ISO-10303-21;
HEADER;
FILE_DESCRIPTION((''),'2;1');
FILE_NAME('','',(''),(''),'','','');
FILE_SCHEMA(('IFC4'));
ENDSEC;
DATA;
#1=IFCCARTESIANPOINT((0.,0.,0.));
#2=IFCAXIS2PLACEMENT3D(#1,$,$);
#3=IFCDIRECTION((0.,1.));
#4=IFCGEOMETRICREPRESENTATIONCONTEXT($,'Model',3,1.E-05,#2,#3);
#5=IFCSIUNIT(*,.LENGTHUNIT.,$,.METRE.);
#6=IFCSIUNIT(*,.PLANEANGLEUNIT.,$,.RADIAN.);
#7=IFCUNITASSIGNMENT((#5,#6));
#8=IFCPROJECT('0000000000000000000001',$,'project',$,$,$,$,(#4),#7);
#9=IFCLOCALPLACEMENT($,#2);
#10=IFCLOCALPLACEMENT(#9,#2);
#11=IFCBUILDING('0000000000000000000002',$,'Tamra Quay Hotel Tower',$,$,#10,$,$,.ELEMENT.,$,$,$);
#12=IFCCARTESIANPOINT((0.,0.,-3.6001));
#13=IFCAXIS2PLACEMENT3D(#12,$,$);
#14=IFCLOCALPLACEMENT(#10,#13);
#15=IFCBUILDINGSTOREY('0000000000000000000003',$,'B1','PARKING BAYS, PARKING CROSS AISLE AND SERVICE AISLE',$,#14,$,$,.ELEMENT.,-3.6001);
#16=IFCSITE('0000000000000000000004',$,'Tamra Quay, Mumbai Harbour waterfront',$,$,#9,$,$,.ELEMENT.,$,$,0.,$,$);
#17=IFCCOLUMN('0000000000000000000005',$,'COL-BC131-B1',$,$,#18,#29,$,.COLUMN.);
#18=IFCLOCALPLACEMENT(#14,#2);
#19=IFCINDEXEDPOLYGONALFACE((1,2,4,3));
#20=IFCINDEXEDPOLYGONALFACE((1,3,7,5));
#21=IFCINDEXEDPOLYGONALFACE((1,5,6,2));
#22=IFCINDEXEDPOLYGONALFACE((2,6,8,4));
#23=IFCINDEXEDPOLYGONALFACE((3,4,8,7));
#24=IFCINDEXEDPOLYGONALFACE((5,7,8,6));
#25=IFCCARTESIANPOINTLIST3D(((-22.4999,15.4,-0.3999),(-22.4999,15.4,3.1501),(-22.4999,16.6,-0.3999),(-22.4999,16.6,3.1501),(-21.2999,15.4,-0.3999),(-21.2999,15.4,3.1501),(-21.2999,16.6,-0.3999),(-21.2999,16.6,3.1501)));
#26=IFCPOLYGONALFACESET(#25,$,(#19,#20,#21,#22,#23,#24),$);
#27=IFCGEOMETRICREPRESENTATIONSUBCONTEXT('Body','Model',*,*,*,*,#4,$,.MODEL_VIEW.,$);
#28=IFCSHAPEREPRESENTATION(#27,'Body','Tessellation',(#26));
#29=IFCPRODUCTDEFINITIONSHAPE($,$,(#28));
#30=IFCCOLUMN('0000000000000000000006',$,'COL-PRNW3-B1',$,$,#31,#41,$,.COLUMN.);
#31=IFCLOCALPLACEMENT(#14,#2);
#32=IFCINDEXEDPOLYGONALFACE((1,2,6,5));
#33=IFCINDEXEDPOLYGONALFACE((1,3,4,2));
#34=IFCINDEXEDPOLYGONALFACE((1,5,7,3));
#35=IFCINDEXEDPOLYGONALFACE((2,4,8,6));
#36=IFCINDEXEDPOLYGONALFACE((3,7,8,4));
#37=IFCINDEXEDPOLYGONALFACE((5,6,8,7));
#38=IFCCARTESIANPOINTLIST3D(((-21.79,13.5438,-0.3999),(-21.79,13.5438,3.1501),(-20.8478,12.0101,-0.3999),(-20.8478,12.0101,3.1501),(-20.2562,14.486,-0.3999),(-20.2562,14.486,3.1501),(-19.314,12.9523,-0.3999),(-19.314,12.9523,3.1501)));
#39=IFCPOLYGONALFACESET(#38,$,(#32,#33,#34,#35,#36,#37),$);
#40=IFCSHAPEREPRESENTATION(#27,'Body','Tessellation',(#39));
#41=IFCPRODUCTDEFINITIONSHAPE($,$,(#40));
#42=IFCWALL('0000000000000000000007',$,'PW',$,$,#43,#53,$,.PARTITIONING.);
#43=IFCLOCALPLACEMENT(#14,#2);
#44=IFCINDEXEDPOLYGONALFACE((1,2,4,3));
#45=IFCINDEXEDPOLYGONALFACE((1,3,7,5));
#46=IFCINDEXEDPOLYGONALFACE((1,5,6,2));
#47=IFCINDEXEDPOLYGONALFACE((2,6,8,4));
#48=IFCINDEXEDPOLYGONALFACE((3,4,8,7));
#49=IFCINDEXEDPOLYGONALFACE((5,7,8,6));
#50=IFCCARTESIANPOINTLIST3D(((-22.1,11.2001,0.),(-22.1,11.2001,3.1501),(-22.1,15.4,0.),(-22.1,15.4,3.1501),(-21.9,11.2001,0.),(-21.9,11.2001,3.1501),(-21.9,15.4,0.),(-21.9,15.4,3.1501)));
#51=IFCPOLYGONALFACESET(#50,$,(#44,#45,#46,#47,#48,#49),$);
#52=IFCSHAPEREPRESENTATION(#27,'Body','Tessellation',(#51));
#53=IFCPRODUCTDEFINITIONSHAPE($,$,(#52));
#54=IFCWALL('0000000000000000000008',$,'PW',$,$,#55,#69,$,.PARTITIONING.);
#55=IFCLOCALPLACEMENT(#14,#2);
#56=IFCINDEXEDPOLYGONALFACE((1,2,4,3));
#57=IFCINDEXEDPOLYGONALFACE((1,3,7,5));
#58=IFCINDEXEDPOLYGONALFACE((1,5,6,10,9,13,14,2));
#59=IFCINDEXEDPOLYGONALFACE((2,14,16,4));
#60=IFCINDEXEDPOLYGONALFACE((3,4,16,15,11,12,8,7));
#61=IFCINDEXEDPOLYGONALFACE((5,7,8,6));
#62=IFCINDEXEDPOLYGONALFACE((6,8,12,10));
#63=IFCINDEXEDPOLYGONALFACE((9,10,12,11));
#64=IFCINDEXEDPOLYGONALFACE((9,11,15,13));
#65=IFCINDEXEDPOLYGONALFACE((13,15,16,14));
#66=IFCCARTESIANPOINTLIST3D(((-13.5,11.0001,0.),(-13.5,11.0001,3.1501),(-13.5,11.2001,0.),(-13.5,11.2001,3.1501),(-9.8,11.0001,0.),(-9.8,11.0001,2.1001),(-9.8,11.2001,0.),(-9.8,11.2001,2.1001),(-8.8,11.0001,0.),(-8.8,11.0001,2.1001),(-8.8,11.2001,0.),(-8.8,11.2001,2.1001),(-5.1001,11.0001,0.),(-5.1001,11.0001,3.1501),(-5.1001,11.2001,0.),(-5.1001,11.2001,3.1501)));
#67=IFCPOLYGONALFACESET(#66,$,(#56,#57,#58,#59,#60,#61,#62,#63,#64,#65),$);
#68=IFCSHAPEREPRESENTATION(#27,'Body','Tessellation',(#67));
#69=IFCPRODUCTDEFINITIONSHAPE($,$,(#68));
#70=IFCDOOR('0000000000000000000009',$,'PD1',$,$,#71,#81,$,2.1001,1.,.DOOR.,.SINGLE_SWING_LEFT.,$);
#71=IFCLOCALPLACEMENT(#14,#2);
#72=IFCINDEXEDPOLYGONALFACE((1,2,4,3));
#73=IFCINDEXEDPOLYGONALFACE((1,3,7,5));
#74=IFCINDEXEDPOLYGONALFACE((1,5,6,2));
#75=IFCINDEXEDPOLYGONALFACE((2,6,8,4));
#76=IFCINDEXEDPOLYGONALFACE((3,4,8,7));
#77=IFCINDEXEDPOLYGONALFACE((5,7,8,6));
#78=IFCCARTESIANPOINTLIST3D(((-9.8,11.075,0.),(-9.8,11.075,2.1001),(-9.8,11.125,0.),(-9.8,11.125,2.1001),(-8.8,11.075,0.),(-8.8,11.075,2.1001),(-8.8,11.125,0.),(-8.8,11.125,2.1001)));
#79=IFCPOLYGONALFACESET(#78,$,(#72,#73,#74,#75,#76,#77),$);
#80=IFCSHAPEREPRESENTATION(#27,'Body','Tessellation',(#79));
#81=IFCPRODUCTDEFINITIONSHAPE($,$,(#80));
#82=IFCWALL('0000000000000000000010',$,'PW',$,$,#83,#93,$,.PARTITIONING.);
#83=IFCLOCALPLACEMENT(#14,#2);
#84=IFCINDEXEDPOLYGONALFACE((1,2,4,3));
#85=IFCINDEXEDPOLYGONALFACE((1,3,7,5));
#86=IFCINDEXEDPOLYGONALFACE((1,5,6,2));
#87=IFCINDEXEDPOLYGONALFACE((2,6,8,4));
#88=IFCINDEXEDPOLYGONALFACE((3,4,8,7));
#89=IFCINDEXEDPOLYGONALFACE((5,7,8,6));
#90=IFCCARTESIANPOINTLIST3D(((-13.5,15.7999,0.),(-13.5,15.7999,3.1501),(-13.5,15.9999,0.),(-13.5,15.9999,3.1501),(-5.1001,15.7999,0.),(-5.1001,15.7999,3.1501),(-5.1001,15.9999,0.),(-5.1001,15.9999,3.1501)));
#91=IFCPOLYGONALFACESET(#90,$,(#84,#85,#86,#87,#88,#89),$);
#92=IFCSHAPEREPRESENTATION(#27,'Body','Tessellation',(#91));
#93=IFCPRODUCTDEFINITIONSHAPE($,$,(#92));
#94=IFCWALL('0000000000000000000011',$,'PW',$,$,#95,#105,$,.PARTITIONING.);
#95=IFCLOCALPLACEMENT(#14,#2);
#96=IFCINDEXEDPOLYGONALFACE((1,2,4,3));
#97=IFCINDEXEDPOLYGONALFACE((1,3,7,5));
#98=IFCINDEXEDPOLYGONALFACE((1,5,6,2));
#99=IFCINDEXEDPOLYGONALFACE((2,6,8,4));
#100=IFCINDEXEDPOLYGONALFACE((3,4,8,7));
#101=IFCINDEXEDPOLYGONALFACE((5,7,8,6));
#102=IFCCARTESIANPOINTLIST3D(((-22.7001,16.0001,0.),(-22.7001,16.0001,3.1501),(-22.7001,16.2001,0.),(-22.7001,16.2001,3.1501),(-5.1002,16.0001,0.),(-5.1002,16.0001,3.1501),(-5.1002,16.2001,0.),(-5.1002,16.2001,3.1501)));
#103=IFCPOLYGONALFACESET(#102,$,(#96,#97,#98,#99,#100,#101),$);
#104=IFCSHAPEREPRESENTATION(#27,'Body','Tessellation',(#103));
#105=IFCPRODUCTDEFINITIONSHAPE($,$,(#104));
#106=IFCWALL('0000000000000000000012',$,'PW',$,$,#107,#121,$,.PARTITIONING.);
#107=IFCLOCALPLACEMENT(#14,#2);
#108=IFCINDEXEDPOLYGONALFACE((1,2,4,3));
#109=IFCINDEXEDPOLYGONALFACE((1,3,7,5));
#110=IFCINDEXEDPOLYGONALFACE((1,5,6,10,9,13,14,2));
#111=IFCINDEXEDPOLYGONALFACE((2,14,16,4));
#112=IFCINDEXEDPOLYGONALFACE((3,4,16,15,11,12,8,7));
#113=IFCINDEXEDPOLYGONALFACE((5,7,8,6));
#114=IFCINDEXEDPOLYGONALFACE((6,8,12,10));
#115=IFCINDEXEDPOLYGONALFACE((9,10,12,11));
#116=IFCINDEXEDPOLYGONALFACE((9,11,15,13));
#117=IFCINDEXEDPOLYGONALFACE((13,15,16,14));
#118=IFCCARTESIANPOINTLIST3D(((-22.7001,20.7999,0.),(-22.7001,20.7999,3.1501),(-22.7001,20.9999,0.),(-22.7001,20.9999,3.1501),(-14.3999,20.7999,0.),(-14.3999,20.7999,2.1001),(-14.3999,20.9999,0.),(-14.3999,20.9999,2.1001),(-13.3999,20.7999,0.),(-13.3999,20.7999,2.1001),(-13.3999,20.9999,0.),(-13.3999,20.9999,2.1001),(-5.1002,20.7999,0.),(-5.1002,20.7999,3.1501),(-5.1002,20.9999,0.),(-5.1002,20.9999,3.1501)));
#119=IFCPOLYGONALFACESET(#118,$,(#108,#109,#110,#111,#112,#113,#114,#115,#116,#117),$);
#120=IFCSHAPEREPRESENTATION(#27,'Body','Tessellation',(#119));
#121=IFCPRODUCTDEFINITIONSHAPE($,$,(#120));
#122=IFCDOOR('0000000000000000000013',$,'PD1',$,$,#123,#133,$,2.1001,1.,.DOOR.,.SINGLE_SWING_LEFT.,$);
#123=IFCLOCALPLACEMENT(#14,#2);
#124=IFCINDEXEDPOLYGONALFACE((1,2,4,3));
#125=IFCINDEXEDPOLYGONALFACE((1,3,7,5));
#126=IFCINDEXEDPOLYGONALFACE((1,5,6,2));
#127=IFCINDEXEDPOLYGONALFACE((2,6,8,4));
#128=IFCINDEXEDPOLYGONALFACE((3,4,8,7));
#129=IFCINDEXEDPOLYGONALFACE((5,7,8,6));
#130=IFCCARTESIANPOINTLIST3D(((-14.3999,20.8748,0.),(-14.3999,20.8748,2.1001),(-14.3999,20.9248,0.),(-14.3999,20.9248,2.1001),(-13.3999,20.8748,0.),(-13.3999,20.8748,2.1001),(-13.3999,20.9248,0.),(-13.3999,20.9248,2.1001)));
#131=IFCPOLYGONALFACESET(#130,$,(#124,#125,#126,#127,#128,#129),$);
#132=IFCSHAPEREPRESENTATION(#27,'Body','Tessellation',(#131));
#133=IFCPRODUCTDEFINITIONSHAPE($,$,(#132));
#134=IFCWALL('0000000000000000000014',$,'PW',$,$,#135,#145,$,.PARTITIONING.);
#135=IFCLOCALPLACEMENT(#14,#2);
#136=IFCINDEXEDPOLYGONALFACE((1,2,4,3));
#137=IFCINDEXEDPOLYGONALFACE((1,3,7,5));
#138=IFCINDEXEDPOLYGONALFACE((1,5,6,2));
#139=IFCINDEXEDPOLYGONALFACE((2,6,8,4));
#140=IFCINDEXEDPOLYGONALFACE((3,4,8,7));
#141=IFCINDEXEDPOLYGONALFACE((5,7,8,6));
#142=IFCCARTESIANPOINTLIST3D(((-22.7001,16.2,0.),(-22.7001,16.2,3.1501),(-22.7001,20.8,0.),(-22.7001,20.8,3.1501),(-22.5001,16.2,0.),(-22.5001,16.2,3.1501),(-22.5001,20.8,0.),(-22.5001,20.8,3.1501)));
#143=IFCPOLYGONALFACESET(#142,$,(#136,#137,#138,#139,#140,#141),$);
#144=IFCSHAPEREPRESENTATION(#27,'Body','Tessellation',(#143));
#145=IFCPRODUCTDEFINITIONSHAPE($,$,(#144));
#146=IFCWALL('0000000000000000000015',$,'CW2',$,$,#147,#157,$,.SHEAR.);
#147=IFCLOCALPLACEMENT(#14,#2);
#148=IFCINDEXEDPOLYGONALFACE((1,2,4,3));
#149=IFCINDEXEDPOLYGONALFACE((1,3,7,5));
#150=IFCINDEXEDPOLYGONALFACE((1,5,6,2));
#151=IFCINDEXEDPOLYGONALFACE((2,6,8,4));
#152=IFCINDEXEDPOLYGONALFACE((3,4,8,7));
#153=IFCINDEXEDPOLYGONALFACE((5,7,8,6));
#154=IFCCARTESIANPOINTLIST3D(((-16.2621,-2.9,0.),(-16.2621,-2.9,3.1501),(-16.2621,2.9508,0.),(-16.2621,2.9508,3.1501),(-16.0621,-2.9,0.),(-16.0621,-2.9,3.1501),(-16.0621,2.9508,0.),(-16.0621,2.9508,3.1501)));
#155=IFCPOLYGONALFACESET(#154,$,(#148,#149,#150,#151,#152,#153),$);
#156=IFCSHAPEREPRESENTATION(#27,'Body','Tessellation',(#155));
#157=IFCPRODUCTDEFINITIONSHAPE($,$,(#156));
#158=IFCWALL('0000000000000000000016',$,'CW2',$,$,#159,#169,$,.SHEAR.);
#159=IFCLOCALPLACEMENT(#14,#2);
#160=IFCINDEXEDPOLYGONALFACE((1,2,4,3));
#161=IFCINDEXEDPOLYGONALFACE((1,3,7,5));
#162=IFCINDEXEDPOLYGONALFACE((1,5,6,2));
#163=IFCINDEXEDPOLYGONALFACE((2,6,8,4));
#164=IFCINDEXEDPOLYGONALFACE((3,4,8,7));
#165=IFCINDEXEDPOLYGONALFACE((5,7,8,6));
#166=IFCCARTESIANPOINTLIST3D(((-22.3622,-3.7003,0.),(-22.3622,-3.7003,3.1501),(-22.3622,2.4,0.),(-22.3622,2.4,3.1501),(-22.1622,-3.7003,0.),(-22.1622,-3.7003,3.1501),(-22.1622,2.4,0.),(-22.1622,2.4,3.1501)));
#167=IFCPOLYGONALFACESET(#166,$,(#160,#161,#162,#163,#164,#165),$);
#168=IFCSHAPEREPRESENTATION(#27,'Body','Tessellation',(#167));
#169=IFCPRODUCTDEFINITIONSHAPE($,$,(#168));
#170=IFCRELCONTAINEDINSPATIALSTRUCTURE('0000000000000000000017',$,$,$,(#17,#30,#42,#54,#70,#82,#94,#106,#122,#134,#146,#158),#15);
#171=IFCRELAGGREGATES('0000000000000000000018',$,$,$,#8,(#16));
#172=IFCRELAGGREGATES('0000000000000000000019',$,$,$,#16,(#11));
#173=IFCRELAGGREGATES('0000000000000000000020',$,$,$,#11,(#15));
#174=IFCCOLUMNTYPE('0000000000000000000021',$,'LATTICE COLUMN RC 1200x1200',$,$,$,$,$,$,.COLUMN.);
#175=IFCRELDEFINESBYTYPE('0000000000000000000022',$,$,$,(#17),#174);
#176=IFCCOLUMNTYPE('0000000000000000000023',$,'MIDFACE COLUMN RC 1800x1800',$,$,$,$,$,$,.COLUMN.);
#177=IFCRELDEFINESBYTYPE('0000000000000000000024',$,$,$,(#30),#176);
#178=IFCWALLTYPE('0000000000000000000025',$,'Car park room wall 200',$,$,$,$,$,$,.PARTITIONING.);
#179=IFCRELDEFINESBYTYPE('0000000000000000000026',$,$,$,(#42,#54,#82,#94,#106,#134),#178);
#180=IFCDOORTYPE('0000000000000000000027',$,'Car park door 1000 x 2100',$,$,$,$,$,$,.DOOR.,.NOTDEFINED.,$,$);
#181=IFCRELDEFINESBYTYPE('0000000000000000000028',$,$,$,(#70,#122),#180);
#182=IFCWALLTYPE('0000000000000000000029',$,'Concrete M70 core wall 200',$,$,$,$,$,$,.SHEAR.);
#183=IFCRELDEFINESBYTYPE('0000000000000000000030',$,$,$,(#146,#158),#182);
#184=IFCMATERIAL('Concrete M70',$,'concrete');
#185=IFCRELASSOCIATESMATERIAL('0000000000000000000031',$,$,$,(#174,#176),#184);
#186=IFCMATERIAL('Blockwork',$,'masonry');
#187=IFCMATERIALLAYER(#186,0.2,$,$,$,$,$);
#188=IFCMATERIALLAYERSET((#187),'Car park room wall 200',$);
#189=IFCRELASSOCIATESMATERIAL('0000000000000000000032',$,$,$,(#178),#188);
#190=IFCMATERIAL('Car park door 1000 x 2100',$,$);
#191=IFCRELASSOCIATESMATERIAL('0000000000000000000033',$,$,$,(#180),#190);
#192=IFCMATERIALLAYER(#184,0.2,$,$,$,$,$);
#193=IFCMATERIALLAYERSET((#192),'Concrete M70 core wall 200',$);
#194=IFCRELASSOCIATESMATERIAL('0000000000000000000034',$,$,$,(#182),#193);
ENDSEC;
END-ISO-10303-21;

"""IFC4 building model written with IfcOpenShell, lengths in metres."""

from ifc_helpers import new_model, si_unit, direction, frame, frame_2d, origin, origin_2d, place, context, subcontext, project, spatial, rectangle, extrude, material, layer, layer_set, material_profile, profile_set, type_object, element, fill, save


model = new_model("IFC4")

# Units and contexts
model_context = context("Model", 3, precision=1e-05, world=origin(), true_north=direction((0.0, 1.0)))
body_context = subcontext(model_context, "Body", "Model", "MODEL_VIEW")
ifc_project = project(units=[si_unit("LENGTHUNIT", "METRE"), si_unit("PLANEANGLEUNIT", "RADIAN")], contexts=[model_context])

# Site, building, storey
site_placement = place(None, origin())
site = spatial("IfcSite", under=ifc_project, at=site_placement, Name="Tamra Quay, Mumbai Harbour waterfront", CompositionType="ELEMENT", RefElevation=0.0)
building_placement = place(site_placement, origin())
building = spatial("IfcBuilding", under=site, at=building_placement, Name="Tamra Quay Hotel Tower", CompositionType="ELEMENT")
storey_placement = place(building_placement, frame((0.0, 0.0, -3.6001)))
storey = spatial("IfcBuildingStorey", under=building, at=storey_placement, Name="B1", Description="PARKING BAYS, PARKING CROSS AISLE AND SERVICE AISLE", CompositionType="ELEMENT", Elevation=-3.6001)

# Columns
ifc_material_1 = material(Name="Concrete M70", Category="concrete")
ifc_material_profile_1 = material_profile(ifc_material_1, rectangle(XDim=1.2, YDim=1.2, at=origin_2d()), Name="LATTICE COLUMN RC 1200x1200")
ifc_profile_set_1 = profile_set([ifc_material_profile_1], Name="Concrete M70")
column_type_1 = type_object("IfcColumnType", Name="LATTICE COLUMN RC 1200x1200", PredefinedType="COLUMN", material=ifc_profile_set_1)
column_1_placement = place(storey_placement, frame((-21.8999, 16.0, -0.3999), z_axis=(0.0, 0.0, 1.0), x_axis=(1.0, 0.0, 0.0)))
element("IfcColumn", 1, at=column_1_placement, inside=storey, type_object=column_type_1, Name="COL-BC131-B1", PredefinedType="COLUMN", context=body_context, shape_type="SweptSolid", body=[
    extrude(rectangle(XDim=1.2, YDim=1.2, at=origin_2d()), origin(), (0.0, 0.0, 1.0), 3.55),
])
ifc_material_profile_2 = material_profile(ifc_material_1, rectangle(XDim=1.8, YDim=1.8, at=origin_2d()), Name="MIDFACE COLUMN RC 1800x1800")
ifc_profile_set_2 = profile_set([ifc_material_profile_2], Name="Concrete M70")
column_type_2 = type_object("IfcColumnType", Name="MIDFACE COLUMN RC 1800x1800", PredefinedType="COLUMN", material=ifc_profile_set_2)
column_2_placement = place(storey_placement, frame((-20.552, 13.248, -0.3999), z_axis=(0.0, 0.0, 1.0), x_axis=(-0.52343, 0.852069, 0.0)))
element("IfcColumn", 2, at=column_2_placement, inside=storey, type_object=column_type_2, Name="COL-PRNW3-B1", PredefinedType="COLUMN", context=body_context, shape_type="SweptSolid", body=[
    extrude(rectangle(XDim=1.8, YDim=1.8, at=origin_2d()), origin(), (0.0, 0.0, 1.0), 3.55),
])

# Wall
ifc_material_2 = material(Name="Blockwork", Category="masonry")
ifc_layer_1 = layer(ifc_material_2, 0.2)
ifc_layer_set_1 = layer_set([ifc_layer_1], Name="Car park room wall 200")
wall_type_1 = type_object("IfcWallType", Name="Car park room wall 200", PredefinedType="PARTITIONING", material=ifc_layer_set_1)
wall_1_placement = place(storey_placement, frame((-22.0, 11.2, 0.0), z_axis=(0.0, 0.0, 1.0), x_axis=(0.0, 1.0, 0.0)))
element("IfcWall", 3, at=wall_1_placement, inside=storey, type_object=wall_type_1, Name="PW", PredefinedType="PARTITIONING", context=body_context, shape_type="SweptSolid", body=[
    extrude(rectangle(XDim=4.2, YDim=0.2, at=frame_2d((2.1001, 0.0))), origin(), (0.0, 0.0, 1.0), 3.1501),
])

# Wall, opening, door
wall_2_placement = place(storey_placement, frame((-13.5, 11.1001, 0.0), z_axis=(0.0, 0.0, 1.0), x_axis=(1.0, 0.0, 0.0)))
wall_2 = element("IfcWall", 4, at=wall_2_placement, inside=storey, type_object=wall_type_1, Name="PW", PredefinedType="PARTITIONING", context=body_context, shape_type="SweptSolid", body=[
    extrude(rectangle(XDim=8.3999, YDim=0.2, at=frame_2d((4.2, 0.0))), origin(), (0.0, 0.0, 1.0), 3.1501),
])
opening_1_placement = place(wall_2_placement, frame((3.7, 0.0, 0.0)))
opening_1 = element("IfcOpeningElement", 5, at=opening_1_placement, cuts=wall_2, PredefinedType="OPENING", context=body_context, shape_type="SweptSolid", body=[
    extrude(rectangle(XDim=1.0, YDim=2.1001, at=frame_2d((0.5, 1.05))), frame((0.0, 0.1099, 0.0), z_axis=(0.0, -1.0, 0.0), x_axis=(1.0, 0.0, 0.0)), (0.0, 0.0, 1.0), 0.22),
])
ifc_material_3 = material(Name="Car park door 1000 x 2100")
door_type_1 = type_object("IfcDoorType", Name="Car park door 1000 x 2100", OperationType="NOTDEFINED", PredefinedType="DOOR", material=ifc_material_3)
door_1_placement = place(opening_1_placement, origin())
door_1 = element("IfcDoor", 6, at=door_1_placement, inside=storey, type_object=door_type_1, Name="PD1", OperationType="SINGLE_SWING_LEFT", OverallHeight=2.1001, OverallWidth=1.0, PredefinedType="DOOR", context=body_context, shape_type="SweptSolid", body=[
    extrude(rectangle(XDim=1.0, YDim=2.1001, at=frame_2d((0.5, 1.05))), frame((0.0, 0.0249, 0.0), z_axis=(0.0, -1.0, 0.0), x_axis=(1.0, 0.0, 0.0)), (0.0, 0.0, 1.0), 0.05),
])
fill(opening_1, door_1)

# Walls
wall_3_placement = place(storey_placement, frame((-13.5, 15.8999, 0.0), z_axis=(0.0, 0.0, 1.0), x_axis=(1.0, 0.0, 0.0)))
element("IfcWall", 7, at=wall_3_placement, inside=storey, type_object=wall_type_1, Name="PW", PredefinedType="PARTITIONING", context=body_context, shape_type="SweptSolid", body=[
    extrude(rectangle(XDim=8.3999, YDim=0.2, at=frame_2d((4.2, 0.0))), origin(), (0.0, 0.0, 1.0), 3.1501),
])
wall_4_placement = place(storey_placement, frame((-22.7, 16.1001, 0.0), z_axis=(0.0, 0.0, 1.0), x_axis=(1.0, 0.0, 0.0)))
element("IfcWall", 8, at=wall_4_placement, inside=storey, type_object=wall_type_1, Name="PW", PredefinedType="PARTITIONING", context=body_context, shape_type="SweptSolid", body=[
    extrude(rectangle(XDim=17.5999, YDim=0.2, at=frame_2d((8.7998, 0.0))), origin(), (0.0, 0.0, 1.0), 3.1501),
])

# Wall, opening, door
wall_5_placement = place(storey_placement, frame((-22.7, 20.8999, 0.0), z_axis=(0.0, 0.0, 1.0), x_axis=(1.0, 0.0, 0.0)))
wall_5 = element("IfcWall", 9, at=wall_5_placement, inside=storey, type_object=wall_type_1, Name="PW", PredefinedType="PARTITIONING", context=body_context, shape_type="SweptSolid", body=[
    extrude(rectangle(XDim=17.5999, YDim=0.2, at=frame_2d((8.7998, 0.0))), origin(), (0.0, 0.0, 1.0), 3.1501),
])
opening_2_placement = place(wall_5_placement, frame((8.3, 0.0, 0.0)))
opening_2 = element("IfcOpeningElement", 10, at=opening_2_placement, cuts=wall_5, PredefinedType="OPENING", context=body_context, shape_type="SweptSolid", body=[
    extrude(rectangle(XDim=1.0, YDim=2.1001, at=frame_2d((0.5, 1.05))), frame((0.0, 0.1099, 0.0), z_axis=(0.0, -1.0, 0.0), x_axis=(1.0, 0.0, 0.0)), (0.0, 0.0, 1.0), 0.22),
])
door_2_placement = place(opening_2_placement, origin())
door_2 = element("IfcDoor", 11, at=door_2_placement, inside=storey, type_object=door_type_1, Name="PD1", OperationType="SINGLE_SWING_LEFT", OverallHeight=2.1001, OverallWidth=1.0, PredefinedType="DOOR", context=body_context, shape_type="SweptSolid", body=[
    extrude(rectangle(XDim=1.0, YDim=2.1001, at=frame_2d((0.5, 1.05))), frame((0.0, 0.0249, 0.0), z_axis=(0.0, -1.0, 0.0), x_axis=(1.0, 0.0, 0.0)), (0.0, 0.0, 1.0), 0.05),
])
fill(opening_2, door_2)

# Walls
wall_6_placement = place(storey_placement, frame((-22.6001, 16.2, 0.0), z_axis=(0.0, 0.0, 1.0), x_axis=(0.0, 1.0, 0.0)))
element("IfcWall", 12, at=wall_6_placement, inside=storey, type_object=wall_type_1, Name="PW", PredefinedType="PARTITIONING", context=body_context, shape_type="SweptSolid", body=[
    extrude(rectangle(XDim=4.6001, YDim=0.2, at=frame_2d((2.3, 0.0))), origin(), (0.0, 0.0, 1.0), 3.1501),
])
ifc_layer_2 = layer(ifc_material_1, 0.2)
ifc_layer_set_2 = layer_set([ifc_layer_2], Name="Concrete M70 core wall 200")
wall_type_2 = type_object("IfcWallType", Name="Concrete M70 core wall 200", PredefinedType="SHEAR", material=ifc_layer_set_2)
wall_7_placement = place(storey_placement, frame((-16.1621, 2.9507, 0.0), z_axis=(0.0, 0.0, 1.0), x_axis=(0.0, -1.0, 0.0)))
element("IfcWall", 13, at=wall_7_placement, inside=storey, type_object=wall_type_2, Name="CW2", PredefinedType="SHEAR", context=body_context, shape_type="SweptSolid", body=[
    extrude(rectangle(XDim=5.8508, YDim=0.2, at=frame_2d((2.9253, 0.0))), origin(), (0.0, 0.0, 1.0), 3.1501),
])
wall_8_placement = place(storey_placement, frame((-22.2622, 2.4001, 0.0), z_axis=(0.0, 0.0, 1.0), x_axis=(0.0, -1.0, 0.0)))
element("IfcWall", 14, at=wall_8_placement, inside=storey, type_object=wall_type_2, Name="CW2", PredefinedType="SHEAR", context=body_context, shape_type="SweptSolid", body=[
    extrude(rectangle(XDim=6.1003, YDim=0.2, at=frame_2d((3.0503, 0.0))), origin(), (0.0, 0.0, 1.0), 3.1501),
])

save(model, "model.ifc")
